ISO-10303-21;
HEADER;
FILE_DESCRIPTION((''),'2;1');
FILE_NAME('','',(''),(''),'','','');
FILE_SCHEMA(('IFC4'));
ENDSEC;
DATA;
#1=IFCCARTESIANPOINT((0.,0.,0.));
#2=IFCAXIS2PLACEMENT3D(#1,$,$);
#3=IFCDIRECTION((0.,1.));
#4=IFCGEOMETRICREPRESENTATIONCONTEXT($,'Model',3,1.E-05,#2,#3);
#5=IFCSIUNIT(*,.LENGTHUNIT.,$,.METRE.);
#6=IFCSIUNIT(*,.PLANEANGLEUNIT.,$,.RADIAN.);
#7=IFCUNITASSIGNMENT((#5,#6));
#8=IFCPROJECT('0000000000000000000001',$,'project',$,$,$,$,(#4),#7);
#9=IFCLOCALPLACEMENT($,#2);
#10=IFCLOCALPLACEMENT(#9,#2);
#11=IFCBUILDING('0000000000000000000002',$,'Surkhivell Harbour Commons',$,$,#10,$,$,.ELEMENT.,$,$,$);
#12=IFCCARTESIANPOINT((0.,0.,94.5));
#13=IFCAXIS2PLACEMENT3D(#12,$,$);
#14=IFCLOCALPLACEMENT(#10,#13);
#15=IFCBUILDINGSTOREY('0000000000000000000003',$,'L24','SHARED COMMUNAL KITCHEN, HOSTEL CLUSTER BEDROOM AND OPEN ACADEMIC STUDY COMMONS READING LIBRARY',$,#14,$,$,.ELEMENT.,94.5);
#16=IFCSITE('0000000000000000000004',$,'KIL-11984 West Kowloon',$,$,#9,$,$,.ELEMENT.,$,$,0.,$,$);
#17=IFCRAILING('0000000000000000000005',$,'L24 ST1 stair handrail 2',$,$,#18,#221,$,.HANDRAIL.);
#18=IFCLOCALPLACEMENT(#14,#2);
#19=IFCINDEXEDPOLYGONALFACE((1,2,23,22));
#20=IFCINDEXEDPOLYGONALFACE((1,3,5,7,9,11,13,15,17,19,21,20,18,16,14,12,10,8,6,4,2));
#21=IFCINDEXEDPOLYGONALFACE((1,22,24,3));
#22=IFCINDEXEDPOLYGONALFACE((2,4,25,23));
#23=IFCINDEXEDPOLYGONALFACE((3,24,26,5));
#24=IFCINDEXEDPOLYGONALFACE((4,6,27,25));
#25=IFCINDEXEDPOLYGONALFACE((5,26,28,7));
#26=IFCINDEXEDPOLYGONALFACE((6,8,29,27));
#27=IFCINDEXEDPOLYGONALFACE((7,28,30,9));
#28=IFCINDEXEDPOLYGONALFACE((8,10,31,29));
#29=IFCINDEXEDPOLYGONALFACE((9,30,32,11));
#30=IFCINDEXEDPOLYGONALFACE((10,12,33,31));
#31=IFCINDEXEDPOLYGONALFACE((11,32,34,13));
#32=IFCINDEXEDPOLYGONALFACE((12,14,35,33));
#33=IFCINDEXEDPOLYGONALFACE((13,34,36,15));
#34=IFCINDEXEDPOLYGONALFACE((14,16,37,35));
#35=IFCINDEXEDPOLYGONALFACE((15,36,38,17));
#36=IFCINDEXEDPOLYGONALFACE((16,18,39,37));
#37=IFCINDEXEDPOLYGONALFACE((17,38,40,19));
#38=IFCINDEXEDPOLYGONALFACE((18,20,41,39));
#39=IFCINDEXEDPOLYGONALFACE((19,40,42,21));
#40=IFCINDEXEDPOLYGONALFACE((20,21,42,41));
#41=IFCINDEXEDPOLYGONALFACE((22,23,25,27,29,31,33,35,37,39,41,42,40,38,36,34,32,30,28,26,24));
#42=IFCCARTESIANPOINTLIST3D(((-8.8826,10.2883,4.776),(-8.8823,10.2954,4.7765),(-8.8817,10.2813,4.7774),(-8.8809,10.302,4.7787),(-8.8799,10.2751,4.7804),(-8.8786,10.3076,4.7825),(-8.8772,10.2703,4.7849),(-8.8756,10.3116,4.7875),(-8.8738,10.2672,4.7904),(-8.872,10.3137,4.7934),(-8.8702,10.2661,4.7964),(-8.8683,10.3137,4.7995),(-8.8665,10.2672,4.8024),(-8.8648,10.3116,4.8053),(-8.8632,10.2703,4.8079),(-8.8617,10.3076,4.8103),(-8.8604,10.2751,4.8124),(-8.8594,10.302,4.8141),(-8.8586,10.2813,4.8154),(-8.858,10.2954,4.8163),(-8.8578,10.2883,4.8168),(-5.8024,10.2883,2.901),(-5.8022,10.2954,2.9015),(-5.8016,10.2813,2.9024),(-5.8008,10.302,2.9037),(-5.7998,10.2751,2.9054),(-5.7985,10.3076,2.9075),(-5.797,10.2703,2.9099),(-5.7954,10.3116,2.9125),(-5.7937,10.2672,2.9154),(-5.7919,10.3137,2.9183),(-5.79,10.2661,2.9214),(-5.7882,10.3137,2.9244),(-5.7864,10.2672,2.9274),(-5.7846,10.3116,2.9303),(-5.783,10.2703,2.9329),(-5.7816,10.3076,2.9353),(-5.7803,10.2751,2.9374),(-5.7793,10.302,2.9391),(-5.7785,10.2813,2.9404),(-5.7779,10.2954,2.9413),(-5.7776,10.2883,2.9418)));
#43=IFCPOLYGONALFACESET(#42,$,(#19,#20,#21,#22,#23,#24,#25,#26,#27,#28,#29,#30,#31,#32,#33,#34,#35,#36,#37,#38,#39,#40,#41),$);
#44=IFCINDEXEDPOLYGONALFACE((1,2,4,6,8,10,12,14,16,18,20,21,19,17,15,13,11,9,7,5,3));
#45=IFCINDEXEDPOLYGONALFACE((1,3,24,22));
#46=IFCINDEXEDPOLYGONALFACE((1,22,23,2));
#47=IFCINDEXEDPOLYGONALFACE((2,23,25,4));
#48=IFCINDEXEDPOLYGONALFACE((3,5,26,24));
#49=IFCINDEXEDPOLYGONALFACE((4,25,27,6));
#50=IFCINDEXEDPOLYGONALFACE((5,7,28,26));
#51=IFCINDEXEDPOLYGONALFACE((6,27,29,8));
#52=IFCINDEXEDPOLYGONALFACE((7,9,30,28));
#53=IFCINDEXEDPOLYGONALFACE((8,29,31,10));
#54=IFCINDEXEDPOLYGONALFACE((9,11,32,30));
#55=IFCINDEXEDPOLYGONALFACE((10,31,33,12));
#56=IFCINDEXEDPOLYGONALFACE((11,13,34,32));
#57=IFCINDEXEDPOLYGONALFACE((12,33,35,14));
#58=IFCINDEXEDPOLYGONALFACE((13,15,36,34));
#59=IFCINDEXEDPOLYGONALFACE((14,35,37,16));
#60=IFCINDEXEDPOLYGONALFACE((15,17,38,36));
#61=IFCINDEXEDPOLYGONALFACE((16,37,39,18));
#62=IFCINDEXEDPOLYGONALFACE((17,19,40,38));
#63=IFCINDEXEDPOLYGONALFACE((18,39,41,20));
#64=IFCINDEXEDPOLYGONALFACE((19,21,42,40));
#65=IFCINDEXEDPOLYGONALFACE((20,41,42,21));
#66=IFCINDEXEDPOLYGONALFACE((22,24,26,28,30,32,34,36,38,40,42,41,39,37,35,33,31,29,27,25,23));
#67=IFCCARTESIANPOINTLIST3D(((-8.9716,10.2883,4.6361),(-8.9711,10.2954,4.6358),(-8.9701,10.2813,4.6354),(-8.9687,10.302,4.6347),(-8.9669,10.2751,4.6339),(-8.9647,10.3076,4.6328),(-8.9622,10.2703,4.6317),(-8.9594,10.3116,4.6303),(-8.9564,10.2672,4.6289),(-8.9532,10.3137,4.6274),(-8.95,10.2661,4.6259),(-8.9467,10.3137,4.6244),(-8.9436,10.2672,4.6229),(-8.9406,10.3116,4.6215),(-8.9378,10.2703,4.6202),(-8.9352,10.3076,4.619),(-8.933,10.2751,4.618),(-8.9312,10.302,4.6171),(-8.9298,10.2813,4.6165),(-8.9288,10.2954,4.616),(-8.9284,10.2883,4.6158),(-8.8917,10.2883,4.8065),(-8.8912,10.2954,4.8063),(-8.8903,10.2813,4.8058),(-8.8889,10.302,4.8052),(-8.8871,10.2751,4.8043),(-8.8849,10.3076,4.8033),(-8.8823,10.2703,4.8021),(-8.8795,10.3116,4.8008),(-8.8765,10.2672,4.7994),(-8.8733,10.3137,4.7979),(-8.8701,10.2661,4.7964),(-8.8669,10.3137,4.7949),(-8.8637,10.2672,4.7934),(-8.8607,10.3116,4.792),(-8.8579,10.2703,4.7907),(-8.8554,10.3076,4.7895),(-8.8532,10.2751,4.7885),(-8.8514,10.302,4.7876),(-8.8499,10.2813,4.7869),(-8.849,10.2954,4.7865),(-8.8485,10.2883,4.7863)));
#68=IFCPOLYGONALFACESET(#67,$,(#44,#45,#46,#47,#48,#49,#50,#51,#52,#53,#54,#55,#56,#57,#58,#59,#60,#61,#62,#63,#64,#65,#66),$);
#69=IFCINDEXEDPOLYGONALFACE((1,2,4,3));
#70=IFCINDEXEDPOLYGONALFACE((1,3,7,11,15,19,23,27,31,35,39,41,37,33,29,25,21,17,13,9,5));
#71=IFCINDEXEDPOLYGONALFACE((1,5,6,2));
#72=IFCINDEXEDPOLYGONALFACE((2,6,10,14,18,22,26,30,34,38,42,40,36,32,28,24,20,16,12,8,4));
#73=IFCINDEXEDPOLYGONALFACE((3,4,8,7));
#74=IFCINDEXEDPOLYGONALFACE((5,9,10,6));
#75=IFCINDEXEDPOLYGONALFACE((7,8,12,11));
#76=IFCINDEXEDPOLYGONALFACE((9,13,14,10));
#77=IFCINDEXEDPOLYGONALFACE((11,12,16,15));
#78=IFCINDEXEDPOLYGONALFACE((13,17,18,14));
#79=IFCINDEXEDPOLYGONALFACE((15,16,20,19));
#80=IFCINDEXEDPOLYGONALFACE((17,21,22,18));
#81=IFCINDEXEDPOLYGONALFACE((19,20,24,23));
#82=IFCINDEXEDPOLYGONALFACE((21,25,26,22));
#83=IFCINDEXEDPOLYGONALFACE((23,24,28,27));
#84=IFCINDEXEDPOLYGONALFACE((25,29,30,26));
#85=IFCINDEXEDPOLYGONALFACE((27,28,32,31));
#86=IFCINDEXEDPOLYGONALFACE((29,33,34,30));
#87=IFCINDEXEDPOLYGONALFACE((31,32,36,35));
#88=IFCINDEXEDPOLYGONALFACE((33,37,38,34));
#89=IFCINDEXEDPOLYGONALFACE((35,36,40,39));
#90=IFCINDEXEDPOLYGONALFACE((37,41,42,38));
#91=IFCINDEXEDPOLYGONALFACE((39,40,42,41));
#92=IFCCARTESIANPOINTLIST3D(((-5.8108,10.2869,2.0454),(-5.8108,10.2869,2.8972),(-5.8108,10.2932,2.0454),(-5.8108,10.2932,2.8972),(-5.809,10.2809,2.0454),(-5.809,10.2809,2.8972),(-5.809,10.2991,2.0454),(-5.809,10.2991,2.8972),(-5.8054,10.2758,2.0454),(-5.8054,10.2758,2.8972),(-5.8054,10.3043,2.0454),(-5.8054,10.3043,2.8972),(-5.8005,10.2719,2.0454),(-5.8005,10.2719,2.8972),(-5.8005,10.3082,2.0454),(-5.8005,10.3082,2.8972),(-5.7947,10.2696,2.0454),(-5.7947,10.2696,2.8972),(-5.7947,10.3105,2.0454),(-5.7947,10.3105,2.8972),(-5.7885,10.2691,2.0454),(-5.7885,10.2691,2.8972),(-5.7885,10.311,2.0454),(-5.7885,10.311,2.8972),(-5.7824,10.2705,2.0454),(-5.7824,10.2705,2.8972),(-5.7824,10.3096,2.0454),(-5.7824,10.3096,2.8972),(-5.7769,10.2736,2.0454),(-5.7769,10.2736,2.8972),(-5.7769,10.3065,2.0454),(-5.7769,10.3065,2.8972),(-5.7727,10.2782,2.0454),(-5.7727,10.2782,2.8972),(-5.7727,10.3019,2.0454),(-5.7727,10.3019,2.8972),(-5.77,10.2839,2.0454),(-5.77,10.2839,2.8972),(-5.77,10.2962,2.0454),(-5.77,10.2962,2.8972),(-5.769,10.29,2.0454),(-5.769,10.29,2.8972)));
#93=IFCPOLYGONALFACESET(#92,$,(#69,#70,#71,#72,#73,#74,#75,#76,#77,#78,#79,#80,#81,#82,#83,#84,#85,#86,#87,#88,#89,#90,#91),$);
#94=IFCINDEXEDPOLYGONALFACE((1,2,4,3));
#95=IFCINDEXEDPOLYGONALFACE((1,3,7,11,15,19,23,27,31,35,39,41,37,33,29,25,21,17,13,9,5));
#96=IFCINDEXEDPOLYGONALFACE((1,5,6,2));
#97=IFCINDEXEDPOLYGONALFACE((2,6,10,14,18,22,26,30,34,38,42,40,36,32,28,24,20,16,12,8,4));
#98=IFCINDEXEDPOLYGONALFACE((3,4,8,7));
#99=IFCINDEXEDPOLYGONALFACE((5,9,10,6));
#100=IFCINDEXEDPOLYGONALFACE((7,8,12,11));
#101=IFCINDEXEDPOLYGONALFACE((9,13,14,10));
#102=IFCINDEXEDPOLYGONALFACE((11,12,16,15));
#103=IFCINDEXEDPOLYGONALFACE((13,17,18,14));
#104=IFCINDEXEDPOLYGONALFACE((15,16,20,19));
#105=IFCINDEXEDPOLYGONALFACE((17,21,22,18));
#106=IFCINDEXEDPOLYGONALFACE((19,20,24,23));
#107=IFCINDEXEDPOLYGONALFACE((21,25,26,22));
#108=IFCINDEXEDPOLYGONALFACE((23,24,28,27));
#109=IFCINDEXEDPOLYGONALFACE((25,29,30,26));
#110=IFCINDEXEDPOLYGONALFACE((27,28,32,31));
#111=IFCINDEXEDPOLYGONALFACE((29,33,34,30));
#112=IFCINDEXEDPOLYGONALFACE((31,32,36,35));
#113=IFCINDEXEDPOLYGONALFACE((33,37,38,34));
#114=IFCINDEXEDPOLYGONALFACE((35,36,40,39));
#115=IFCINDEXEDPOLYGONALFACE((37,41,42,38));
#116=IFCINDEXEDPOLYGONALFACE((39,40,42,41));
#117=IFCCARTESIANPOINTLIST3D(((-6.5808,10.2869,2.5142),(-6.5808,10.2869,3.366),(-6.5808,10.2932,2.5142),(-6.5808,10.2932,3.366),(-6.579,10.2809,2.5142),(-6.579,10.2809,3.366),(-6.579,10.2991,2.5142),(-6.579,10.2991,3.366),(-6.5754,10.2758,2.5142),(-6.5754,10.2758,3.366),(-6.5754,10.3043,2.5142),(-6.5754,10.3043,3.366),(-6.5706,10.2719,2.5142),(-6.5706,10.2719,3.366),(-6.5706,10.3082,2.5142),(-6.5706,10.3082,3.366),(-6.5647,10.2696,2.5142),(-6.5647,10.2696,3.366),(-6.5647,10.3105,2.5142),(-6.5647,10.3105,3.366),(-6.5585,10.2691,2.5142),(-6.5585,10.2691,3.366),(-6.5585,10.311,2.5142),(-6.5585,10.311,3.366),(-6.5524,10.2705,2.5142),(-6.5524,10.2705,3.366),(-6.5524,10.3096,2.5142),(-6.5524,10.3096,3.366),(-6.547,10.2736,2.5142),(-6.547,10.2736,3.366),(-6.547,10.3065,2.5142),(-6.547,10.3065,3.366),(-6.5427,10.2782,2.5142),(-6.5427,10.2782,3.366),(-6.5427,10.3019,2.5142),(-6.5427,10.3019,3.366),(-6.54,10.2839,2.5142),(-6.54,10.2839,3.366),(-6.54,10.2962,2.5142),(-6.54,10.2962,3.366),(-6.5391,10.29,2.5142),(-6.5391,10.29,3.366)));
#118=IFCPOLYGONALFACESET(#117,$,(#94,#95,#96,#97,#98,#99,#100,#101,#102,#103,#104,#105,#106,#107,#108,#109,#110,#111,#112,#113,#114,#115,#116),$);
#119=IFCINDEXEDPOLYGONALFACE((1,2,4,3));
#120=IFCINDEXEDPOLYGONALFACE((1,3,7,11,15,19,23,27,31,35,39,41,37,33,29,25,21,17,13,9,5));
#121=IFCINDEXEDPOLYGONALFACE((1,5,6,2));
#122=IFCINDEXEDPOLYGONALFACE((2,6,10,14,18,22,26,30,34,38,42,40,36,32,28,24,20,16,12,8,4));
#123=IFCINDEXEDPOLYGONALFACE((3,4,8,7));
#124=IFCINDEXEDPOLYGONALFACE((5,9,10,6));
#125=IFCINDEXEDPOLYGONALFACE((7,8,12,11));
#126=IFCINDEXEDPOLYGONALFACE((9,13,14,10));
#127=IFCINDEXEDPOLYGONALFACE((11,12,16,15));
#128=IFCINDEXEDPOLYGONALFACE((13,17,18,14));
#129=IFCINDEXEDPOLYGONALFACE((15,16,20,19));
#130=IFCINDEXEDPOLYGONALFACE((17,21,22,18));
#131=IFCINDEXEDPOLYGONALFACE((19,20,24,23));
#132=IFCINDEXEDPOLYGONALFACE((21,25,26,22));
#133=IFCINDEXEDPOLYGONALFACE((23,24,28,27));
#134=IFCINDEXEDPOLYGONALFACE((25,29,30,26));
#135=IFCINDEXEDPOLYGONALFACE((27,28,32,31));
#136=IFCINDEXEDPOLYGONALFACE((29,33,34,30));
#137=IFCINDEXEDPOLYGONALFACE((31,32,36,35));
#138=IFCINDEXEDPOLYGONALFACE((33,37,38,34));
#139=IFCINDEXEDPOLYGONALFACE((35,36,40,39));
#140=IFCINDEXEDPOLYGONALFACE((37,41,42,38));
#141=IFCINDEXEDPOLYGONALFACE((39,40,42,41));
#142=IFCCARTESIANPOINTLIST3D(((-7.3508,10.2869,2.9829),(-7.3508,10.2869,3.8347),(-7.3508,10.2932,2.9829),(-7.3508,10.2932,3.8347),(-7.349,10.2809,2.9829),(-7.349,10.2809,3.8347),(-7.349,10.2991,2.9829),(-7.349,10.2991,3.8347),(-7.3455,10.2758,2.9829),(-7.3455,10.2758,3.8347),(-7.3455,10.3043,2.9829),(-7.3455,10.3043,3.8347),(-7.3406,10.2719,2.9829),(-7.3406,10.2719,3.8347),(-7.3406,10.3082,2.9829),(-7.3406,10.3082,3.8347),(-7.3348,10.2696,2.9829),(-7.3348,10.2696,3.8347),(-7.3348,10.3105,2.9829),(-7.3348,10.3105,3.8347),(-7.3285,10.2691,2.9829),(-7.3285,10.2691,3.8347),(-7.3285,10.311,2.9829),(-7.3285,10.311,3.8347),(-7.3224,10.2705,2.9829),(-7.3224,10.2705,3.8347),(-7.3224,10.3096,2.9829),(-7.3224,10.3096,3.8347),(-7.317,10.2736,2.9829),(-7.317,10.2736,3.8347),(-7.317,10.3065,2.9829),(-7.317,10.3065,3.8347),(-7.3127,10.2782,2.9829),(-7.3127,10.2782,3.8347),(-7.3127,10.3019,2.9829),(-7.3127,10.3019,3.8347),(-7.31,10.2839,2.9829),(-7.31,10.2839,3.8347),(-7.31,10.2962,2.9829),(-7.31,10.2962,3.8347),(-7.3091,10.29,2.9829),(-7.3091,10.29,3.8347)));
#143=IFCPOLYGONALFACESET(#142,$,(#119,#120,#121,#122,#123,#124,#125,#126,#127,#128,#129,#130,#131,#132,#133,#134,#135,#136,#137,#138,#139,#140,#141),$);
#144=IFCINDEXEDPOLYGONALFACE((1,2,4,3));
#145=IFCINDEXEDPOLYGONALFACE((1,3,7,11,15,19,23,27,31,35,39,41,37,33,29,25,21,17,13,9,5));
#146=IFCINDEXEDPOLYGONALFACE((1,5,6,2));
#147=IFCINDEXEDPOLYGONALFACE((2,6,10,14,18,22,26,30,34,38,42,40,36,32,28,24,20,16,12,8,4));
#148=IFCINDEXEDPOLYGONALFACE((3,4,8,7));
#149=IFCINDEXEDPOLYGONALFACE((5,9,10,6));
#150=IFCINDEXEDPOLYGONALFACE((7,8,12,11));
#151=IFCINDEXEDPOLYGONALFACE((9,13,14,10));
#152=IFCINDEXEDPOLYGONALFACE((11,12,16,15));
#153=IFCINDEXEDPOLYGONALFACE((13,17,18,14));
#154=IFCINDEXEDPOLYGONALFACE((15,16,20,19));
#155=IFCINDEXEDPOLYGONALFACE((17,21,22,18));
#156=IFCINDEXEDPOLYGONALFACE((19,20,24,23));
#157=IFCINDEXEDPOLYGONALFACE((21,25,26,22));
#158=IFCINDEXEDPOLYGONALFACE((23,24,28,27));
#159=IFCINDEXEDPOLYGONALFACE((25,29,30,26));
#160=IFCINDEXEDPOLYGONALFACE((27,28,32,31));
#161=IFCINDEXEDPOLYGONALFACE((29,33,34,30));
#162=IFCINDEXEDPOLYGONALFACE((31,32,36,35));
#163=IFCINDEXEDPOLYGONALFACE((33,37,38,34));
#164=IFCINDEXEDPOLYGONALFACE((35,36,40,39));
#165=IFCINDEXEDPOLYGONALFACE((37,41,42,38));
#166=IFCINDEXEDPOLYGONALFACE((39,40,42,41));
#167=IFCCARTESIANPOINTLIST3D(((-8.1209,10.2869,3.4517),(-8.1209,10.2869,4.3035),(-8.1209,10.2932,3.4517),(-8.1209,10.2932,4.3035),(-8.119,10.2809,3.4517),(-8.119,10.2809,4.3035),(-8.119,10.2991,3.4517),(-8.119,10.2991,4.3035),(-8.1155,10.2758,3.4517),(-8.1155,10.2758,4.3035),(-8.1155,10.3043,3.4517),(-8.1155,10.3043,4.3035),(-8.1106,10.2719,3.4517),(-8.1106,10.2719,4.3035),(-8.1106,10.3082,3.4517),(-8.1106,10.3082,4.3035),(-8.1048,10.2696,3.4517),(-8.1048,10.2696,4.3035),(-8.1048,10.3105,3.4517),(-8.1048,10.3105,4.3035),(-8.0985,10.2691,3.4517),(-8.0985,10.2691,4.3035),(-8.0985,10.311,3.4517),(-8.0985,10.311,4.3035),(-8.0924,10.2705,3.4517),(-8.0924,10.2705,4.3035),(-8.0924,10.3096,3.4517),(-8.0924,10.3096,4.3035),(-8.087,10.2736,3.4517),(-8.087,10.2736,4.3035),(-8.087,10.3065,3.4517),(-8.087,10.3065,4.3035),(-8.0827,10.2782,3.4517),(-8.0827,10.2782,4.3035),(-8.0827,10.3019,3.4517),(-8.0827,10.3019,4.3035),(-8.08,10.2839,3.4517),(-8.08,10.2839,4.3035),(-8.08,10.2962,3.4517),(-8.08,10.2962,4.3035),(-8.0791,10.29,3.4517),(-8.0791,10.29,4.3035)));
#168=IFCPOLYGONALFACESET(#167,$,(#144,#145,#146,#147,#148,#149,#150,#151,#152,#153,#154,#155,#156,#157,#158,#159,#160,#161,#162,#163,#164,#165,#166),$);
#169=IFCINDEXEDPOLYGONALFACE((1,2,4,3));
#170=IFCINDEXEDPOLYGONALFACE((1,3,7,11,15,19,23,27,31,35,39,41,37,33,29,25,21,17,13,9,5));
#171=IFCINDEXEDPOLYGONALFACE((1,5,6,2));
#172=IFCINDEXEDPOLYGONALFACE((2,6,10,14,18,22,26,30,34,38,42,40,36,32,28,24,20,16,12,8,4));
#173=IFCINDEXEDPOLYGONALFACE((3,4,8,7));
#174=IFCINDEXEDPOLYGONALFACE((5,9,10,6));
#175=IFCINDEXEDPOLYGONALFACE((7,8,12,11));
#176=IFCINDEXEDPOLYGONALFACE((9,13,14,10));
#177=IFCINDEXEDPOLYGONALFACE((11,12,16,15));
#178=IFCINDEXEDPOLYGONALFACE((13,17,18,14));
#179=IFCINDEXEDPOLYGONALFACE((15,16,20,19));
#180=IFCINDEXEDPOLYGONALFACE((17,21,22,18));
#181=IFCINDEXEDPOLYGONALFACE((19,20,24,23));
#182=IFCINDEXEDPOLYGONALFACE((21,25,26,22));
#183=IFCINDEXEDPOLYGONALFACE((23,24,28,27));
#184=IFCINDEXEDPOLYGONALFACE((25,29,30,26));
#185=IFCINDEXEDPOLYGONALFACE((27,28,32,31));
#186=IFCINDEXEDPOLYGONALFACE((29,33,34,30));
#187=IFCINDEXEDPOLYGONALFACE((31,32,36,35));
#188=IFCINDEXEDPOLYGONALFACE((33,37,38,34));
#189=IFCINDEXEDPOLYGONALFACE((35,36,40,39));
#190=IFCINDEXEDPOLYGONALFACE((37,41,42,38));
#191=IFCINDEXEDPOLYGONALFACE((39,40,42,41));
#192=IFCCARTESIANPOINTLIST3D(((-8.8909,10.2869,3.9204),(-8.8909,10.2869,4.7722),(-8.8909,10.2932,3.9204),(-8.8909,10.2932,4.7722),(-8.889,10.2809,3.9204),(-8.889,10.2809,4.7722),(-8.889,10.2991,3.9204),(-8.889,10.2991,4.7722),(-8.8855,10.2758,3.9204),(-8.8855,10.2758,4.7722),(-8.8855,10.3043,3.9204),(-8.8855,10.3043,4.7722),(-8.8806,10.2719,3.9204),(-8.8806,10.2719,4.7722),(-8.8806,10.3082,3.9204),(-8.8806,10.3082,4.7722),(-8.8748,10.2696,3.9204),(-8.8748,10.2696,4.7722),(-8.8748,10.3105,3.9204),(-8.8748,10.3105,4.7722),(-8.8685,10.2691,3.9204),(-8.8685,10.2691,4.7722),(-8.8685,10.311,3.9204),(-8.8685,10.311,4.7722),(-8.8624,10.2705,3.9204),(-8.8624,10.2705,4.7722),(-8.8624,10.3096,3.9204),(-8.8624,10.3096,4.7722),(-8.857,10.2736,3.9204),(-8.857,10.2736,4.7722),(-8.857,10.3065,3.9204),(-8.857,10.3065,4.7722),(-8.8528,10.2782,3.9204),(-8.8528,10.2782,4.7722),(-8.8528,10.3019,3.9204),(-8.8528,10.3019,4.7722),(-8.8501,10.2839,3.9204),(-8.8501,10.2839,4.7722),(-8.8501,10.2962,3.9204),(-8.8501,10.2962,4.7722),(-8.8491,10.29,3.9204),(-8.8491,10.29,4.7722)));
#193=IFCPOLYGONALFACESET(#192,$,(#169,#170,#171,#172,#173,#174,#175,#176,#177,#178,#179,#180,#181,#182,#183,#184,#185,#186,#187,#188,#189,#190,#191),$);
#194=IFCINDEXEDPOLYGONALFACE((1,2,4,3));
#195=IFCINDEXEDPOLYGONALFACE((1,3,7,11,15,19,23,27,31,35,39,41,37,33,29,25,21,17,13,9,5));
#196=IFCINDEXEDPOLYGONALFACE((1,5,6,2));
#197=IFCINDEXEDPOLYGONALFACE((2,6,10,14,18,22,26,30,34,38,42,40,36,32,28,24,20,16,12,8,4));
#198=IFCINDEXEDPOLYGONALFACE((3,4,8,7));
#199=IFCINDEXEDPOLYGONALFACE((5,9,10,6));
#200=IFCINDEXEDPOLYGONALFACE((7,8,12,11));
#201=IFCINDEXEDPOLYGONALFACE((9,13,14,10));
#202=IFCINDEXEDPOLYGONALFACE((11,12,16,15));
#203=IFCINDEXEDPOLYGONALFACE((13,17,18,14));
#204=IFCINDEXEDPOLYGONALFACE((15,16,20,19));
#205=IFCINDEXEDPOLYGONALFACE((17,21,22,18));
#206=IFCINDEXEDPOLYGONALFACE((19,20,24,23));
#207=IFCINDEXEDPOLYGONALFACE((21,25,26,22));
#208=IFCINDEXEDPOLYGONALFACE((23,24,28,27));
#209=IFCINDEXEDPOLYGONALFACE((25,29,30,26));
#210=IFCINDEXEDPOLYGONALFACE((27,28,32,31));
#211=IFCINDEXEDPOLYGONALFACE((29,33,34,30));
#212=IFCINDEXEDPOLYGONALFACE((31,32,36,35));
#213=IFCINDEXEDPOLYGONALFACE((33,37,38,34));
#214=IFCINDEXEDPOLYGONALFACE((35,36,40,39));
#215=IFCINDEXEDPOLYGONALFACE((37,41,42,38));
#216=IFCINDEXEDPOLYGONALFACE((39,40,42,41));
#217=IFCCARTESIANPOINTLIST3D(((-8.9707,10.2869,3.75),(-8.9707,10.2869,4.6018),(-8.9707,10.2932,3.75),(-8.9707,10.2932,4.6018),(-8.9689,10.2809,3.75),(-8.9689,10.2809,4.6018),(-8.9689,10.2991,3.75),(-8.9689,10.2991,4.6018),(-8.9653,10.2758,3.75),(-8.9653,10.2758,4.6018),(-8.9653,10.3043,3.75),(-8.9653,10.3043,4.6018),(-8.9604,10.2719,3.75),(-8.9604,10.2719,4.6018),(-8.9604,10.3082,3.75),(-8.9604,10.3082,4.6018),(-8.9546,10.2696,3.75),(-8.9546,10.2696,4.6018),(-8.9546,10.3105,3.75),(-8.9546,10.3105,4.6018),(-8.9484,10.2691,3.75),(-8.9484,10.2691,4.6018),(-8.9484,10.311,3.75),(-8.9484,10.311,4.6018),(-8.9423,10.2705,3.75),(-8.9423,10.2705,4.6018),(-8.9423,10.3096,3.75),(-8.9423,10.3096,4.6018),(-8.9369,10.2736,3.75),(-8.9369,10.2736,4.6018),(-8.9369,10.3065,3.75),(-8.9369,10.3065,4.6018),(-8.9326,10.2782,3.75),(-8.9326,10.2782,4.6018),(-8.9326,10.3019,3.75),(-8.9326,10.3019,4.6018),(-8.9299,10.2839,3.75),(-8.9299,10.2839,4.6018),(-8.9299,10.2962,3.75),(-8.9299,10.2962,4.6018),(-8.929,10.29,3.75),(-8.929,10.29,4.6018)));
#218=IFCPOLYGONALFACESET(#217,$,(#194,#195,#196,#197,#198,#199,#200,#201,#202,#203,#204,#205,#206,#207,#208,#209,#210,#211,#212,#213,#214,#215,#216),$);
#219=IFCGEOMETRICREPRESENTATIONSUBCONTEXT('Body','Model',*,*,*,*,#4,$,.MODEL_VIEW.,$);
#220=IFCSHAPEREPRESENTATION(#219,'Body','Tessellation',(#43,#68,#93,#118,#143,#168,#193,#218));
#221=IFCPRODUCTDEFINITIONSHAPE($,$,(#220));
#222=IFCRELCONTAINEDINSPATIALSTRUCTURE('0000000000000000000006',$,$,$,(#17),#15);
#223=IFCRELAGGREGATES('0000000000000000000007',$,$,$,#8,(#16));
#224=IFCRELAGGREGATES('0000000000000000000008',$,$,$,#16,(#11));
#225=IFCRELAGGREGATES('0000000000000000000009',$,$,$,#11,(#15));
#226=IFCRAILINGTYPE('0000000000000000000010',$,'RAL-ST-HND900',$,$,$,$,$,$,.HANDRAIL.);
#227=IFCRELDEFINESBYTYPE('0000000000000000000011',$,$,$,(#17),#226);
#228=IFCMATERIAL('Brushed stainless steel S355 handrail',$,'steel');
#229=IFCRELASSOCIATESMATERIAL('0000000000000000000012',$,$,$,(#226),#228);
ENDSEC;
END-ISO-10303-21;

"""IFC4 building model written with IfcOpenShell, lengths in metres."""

from ifc_helpers import new_model, si_unit, direction, frame, origin, origin_2d, place, context, subcontext, project, spatial, circle, extrude, material, type_object, element, save


model = new_model("IFC4")

# Units and contexts
model_context = context("Model", 3, precision=1e-05, world=origin(), true_north=direction((0.0, 1.0)))
body_context = subcontext(model_context, "Body", "Model", "MODEL_VIEW")
ifc_project = project(units=[si_unit("LENGTHUNIT", "METRE"), si_unit("PLANEANGLEUNIT", "RADIAN")], contexts=[model_context])

# Site, building, storey
site_placement = place(None, origin())
site = spatial("IfcSite", under=ifc_project, at=site_placement, Name="KIL-11984 West Kowloon", CompositionType="ELEMENT", RefElevation=0.0)
building_placement = place(site_placement, origin())
building = spatial("IfcBuilding", under=site, at=building_placement, Name="Surkhivell Harbour Commons", CompositionType="ELEMENT")
storey_placement = place(building_placement, frame((0.0, 0.0, 94.5)))
storey = spatial("IfcBuildingStorey", under=building, at=storey_placement, Name="L24", Description="SHARED COMMUNAL KITCHEN, HOSTEL CLUSTER BEDROOM AND OPEN ACADEMIC STUDY COMMONS READING LIBRARY", CompositionType="ELEMENT", Elevation=94.5)

# Railing
ifc_material_1 = material(Name="Brushed stainless steel S355 handrail", Category="steel")
railing_type_1 = type_object("IfcRailingType", Name="RAL-ST-HND900", PredefinedType="HANDRAIL", material=ifc_material_1)
railing_1_placement = place(storey_placement, frame((-5.79, 10.29, 2.0454)))
element("IfcRailing", 1, at=railing_1_placement, inside=storey, type_object=railing_type_1, Name="L24 ST1 stair handrail 2", PredefinedType="HANDRAIL", context=body_context, shape_type="SweptSolid", body=[
    extrude(circle(Radius=0.0239, at=origin_2d()), frame((0.0, 0.0, 0.876), z_axis=(-0.854178, 0.0, 0.519981), x_axis=(0.0, -1.0, 0.0)), (0.0, 0.0, 1.0), 3.606),
    extrude(circle(Radius=0.0239, at=origin_2d()), frame((-3.0801, 0.0, 2.751), z_axis=(-0.424234, 0.0, -0.905552), x_axis=(0.0, -1.0, 0.0)), (0.0, 0.0, 1.0), 0.1882),
    extrude(circle(Radius=0.021, at=origin_2d()), origin(), (0.0, 0.0, 1.0), 0.8518),
    extrude(circle(Radius=0.021, at=origin_2d()), frame((-0.77, 0.0, 0.4688)), (0.0, 0.0, 1.0), 0.8518),
    extrude(circle(Radius=0.021, at=origin_2d()), frame((-1.54, 0.0, 0.9375)), (0.0, 0.0, 1.0), 0.8518),
    extrude(circle(Radius=0.021, at=origin_2d()), frame((-2.3101, 0.0, 1.4062)), (0.0, 0.0, 1.0), 0.8518),
    extrude(circle(Radius=0.021, at=origin_2d()), frame((-3.0801, 0.0, 1.875)), (0.0, 0.0, 1.0), 0.8518),
    extrude(circle(Radius=0.021, at=origin_2d()), frame((-3.1599, 0.0, 1.7046)), (0.0, 0.0, 1.0), 0.8518),
])

save(model, "model.ifc")
